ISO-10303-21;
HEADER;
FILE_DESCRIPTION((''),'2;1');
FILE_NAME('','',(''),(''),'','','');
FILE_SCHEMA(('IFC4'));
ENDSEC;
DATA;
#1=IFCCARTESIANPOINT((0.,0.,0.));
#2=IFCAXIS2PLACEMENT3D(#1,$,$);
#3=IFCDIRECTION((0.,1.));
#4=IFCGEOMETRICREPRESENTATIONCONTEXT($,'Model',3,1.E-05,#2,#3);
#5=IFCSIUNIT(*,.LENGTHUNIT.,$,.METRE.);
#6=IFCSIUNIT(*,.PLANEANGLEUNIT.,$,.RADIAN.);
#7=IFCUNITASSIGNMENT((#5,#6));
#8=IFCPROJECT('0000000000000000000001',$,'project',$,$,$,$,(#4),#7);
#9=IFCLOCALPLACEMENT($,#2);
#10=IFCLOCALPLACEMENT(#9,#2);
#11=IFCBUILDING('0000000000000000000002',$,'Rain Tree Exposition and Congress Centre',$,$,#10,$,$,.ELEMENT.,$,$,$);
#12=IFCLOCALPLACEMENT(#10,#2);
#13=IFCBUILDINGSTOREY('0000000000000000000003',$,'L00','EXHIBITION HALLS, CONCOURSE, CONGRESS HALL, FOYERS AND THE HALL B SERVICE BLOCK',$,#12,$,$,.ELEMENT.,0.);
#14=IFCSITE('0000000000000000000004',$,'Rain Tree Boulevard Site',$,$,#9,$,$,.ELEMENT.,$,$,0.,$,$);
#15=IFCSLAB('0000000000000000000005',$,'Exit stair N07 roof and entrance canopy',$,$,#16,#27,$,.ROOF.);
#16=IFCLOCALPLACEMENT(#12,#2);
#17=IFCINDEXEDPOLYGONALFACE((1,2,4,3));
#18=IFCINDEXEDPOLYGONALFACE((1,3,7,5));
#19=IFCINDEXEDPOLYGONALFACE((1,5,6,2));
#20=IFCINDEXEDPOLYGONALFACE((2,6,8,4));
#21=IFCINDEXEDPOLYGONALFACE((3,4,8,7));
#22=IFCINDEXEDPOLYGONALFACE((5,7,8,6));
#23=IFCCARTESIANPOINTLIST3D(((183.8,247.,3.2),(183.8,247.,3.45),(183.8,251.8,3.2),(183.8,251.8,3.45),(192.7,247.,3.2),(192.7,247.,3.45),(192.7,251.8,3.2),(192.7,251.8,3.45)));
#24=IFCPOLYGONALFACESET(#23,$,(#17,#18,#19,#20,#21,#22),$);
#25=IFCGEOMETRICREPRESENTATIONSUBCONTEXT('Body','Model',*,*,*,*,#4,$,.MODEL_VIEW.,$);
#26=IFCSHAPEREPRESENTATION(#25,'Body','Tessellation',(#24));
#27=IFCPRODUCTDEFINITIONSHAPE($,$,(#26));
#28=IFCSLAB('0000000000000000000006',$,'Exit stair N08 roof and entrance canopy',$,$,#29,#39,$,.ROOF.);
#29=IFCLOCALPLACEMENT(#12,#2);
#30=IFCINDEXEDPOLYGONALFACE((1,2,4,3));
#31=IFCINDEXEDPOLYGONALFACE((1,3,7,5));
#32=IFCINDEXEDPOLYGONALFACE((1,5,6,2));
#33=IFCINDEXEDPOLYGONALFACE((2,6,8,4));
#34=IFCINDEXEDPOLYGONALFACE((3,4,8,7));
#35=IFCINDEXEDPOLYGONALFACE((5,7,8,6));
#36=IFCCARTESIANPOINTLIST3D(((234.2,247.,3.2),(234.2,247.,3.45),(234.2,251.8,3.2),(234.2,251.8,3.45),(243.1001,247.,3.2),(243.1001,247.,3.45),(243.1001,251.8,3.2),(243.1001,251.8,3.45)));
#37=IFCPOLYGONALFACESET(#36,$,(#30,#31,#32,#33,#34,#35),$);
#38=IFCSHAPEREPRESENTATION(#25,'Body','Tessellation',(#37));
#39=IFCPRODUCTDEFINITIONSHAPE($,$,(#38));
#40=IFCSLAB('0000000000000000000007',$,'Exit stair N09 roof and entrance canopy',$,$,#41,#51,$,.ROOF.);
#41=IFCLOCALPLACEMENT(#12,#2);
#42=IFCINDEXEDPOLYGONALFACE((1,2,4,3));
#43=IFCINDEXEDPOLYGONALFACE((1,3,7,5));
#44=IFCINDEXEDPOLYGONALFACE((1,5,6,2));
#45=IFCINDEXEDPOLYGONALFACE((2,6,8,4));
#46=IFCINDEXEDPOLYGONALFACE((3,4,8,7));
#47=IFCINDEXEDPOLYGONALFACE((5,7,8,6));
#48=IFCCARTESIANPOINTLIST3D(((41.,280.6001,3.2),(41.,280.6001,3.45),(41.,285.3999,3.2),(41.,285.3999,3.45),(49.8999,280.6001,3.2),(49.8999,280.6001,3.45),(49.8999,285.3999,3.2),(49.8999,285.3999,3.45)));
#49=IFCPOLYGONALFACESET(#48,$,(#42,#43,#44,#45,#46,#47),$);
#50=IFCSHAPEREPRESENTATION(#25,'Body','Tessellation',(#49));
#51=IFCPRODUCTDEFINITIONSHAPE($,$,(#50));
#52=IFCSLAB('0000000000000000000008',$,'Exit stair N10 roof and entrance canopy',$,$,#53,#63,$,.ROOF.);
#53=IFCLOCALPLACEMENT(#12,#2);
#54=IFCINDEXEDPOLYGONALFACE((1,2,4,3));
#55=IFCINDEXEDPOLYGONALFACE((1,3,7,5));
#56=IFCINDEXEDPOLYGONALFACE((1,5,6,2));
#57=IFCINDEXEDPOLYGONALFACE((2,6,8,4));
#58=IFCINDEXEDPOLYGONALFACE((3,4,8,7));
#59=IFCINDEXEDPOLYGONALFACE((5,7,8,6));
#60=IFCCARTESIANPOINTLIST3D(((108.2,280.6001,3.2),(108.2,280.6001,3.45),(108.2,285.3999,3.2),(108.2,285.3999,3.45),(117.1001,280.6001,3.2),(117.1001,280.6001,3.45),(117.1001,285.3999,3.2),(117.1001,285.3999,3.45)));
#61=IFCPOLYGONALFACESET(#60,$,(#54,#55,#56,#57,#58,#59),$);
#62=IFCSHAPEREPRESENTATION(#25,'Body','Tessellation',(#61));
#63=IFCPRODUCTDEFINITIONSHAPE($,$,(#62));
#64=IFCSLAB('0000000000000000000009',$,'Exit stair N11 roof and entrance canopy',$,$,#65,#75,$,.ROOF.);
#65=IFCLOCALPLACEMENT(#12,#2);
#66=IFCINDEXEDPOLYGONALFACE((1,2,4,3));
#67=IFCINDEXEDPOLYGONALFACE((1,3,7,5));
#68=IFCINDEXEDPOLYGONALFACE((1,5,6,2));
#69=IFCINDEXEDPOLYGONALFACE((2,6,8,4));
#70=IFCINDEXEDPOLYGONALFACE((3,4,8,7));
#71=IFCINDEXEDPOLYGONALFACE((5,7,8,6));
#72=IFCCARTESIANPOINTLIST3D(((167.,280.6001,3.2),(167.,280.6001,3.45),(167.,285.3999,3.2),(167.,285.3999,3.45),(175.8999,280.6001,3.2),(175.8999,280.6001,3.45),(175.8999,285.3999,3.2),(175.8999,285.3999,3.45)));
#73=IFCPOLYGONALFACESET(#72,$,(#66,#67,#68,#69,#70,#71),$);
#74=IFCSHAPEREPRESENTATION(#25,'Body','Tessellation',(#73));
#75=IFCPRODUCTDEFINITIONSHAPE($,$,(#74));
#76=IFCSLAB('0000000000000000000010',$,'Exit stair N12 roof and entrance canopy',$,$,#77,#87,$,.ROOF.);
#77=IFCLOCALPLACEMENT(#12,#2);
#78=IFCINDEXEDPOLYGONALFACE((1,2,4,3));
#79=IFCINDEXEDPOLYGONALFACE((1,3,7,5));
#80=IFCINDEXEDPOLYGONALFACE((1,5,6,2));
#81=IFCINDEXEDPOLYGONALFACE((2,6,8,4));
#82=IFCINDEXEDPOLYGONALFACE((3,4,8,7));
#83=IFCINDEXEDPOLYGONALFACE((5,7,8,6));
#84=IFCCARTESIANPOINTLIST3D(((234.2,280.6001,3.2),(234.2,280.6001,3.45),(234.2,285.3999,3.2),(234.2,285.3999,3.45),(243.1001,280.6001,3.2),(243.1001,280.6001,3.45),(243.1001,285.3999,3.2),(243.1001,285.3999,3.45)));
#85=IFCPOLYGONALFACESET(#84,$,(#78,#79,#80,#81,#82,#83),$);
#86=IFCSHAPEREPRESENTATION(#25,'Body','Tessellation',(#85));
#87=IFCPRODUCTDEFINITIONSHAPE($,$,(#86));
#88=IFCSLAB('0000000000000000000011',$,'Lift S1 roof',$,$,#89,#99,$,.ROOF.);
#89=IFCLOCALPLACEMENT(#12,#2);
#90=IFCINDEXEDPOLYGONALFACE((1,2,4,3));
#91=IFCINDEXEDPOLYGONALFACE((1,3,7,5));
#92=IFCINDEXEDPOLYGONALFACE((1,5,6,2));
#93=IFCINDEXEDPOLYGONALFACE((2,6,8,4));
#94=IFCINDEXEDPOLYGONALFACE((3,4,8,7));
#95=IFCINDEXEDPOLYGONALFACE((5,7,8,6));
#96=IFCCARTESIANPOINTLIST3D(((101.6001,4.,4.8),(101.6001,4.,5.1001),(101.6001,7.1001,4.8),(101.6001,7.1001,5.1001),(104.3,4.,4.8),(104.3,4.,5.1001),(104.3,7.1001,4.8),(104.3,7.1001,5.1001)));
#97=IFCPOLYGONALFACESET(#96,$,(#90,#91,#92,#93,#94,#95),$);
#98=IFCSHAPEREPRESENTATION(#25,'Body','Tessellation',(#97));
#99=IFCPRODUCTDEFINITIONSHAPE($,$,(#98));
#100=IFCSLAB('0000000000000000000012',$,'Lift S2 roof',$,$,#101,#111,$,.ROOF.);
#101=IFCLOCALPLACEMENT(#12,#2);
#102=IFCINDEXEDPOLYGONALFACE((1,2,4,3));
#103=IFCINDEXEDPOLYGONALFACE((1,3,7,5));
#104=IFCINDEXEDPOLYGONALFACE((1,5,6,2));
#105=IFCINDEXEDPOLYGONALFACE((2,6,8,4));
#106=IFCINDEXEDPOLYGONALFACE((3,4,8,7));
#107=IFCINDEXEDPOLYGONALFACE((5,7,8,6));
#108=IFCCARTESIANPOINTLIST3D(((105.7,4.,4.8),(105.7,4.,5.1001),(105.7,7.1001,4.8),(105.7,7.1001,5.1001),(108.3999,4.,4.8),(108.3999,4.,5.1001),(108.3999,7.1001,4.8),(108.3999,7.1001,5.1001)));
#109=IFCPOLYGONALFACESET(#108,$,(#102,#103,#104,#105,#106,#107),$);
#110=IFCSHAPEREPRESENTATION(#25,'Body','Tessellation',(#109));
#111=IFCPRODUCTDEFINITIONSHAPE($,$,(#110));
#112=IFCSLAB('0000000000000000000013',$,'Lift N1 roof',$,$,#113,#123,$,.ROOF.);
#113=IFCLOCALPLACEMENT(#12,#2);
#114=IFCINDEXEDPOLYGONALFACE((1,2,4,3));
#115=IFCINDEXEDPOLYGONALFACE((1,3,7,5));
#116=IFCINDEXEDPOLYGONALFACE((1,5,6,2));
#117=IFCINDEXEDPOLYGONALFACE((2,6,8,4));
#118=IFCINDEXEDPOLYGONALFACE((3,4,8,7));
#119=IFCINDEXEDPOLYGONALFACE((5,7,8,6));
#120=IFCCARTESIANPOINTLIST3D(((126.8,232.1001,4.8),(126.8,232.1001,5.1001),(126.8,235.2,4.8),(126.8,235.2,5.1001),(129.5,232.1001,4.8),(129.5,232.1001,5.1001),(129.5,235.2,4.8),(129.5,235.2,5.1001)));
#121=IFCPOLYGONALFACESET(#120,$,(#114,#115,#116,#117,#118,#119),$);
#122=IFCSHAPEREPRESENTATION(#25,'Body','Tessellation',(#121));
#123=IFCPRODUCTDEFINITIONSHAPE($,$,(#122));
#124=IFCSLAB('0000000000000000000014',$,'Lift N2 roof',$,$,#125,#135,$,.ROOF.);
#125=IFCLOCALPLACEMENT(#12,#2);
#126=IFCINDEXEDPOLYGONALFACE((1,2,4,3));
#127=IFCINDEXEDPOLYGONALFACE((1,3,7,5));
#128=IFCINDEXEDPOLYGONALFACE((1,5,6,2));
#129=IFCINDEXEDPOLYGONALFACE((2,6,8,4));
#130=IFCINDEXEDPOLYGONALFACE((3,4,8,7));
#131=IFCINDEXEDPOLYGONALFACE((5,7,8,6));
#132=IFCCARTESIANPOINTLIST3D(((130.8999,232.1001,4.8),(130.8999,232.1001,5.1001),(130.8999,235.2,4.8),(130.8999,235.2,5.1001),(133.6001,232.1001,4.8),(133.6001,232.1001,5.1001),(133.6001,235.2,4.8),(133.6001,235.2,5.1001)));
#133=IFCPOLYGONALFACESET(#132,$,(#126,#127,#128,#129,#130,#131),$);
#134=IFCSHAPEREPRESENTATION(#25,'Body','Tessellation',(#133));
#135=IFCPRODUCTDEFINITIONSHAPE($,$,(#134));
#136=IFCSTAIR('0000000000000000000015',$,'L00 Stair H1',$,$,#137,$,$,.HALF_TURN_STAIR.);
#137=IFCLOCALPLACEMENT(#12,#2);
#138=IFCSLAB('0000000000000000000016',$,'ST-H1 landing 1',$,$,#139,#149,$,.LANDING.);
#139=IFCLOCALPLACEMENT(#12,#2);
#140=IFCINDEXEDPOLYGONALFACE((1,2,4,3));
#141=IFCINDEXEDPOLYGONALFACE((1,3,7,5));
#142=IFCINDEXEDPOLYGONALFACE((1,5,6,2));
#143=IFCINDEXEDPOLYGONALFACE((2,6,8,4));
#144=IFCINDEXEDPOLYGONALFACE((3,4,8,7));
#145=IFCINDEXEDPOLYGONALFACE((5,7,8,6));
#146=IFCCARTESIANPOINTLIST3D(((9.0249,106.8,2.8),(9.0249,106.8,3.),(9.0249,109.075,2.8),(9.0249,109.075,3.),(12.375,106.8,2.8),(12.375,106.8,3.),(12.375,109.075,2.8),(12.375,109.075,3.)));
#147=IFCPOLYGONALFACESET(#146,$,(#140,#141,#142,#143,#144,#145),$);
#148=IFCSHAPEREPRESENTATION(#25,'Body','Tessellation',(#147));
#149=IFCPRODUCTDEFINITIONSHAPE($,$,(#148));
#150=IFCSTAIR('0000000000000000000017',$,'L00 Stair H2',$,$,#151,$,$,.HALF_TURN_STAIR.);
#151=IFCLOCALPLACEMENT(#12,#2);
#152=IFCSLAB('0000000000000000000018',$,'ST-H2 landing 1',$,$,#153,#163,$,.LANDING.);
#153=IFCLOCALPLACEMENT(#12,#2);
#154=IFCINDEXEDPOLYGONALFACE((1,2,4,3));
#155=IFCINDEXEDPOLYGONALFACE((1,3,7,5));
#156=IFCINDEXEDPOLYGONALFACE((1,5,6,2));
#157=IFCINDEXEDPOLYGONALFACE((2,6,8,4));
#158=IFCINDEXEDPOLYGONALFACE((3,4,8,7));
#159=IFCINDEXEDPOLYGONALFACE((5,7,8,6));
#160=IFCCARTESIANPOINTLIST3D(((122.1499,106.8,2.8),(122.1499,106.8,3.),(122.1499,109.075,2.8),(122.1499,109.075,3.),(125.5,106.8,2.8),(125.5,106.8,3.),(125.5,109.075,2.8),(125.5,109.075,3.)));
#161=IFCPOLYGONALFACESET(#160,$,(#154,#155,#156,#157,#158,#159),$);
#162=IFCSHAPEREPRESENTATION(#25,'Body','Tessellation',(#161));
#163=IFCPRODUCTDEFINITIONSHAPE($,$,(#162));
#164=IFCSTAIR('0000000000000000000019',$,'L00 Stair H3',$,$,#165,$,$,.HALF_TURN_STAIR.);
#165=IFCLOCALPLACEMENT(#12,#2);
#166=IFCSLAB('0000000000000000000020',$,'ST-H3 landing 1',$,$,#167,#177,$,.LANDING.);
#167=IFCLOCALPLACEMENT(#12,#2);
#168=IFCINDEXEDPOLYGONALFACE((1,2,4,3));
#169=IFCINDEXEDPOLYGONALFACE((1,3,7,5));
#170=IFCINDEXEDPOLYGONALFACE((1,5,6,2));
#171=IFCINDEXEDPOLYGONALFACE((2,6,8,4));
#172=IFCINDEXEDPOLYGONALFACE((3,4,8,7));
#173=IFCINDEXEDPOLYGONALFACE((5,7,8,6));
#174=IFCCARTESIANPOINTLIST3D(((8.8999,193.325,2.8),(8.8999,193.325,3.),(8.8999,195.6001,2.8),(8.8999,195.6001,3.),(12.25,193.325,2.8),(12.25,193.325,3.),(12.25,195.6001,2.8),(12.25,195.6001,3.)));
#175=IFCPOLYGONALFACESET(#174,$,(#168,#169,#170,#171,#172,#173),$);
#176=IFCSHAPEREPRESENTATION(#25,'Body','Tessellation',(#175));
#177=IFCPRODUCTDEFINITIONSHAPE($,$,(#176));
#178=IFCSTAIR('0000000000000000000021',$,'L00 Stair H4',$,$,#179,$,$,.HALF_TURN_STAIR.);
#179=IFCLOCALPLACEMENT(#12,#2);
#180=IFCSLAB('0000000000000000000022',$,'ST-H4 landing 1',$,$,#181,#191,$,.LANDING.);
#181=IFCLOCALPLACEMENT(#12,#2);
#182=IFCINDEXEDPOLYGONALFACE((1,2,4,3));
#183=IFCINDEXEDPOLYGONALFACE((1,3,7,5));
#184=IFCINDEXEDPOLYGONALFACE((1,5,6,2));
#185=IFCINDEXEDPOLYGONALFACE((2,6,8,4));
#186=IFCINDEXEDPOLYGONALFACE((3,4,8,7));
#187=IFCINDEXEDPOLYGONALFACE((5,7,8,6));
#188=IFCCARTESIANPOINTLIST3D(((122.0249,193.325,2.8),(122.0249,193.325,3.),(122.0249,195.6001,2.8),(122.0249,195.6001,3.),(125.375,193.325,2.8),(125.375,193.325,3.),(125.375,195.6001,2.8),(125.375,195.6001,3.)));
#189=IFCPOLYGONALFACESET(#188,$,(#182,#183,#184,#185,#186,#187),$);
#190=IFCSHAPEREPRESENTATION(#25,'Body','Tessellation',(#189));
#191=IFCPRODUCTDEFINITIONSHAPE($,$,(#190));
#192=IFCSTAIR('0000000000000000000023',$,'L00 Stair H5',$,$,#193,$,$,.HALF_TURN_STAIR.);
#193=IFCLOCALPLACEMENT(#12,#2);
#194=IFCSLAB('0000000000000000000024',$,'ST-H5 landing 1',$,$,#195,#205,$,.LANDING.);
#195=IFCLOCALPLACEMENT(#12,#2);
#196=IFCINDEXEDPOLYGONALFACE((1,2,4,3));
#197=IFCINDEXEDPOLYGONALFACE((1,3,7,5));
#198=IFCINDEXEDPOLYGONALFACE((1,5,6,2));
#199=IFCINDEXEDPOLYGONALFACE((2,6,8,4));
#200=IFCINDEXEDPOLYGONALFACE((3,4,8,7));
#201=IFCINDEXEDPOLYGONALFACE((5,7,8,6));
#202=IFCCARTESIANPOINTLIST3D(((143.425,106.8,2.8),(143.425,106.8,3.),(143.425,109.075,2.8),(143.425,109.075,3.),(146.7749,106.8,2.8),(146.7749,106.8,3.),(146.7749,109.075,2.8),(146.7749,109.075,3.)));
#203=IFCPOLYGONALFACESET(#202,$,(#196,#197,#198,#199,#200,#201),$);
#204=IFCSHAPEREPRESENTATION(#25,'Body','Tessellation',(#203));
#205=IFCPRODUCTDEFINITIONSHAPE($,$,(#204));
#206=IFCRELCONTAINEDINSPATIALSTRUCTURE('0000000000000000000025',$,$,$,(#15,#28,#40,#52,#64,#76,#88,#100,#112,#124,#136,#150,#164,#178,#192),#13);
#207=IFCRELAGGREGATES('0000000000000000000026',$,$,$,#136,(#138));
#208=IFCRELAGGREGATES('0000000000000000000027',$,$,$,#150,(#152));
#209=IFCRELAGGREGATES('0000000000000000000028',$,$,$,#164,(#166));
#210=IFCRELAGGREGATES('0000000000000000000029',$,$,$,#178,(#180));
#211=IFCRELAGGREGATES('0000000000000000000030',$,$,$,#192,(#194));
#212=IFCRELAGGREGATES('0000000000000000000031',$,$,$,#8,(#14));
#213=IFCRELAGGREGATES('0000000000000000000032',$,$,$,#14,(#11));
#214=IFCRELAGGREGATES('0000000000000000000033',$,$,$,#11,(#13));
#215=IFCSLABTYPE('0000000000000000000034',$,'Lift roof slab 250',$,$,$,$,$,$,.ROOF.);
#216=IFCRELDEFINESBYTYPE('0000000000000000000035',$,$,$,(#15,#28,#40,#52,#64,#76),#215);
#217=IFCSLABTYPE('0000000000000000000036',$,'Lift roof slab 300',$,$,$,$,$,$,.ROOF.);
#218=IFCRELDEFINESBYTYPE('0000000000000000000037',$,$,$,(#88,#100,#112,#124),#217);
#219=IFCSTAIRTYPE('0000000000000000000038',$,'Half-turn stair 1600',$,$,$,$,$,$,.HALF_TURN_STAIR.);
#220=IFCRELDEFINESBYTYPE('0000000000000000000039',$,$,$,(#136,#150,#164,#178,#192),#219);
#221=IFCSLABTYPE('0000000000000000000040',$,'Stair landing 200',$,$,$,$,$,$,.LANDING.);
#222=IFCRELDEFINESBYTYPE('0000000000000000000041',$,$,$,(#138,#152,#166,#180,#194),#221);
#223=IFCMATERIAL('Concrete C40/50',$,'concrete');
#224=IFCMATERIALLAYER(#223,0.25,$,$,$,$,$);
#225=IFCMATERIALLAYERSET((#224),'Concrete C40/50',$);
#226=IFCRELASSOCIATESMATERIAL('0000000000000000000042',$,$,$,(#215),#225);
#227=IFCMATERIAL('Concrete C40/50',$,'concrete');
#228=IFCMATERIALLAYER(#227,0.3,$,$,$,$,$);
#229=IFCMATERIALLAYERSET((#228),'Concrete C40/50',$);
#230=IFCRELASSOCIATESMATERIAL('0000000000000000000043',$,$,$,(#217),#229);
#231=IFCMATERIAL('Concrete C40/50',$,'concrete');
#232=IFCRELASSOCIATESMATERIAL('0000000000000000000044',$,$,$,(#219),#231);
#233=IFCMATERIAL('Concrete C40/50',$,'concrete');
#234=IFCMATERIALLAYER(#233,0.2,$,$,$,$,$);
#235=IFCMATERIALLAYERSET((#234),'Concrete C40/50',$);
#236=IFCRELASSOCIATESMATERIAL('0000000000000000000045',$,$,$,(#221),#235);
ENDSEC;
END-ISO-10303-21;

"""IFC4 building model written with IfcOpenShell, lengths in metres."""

from ifc_helpers import new_model, si_unit, direction, frame, origin, place, context, subcontext, project, spatial, polyline, outline, extrude, material, layer, layer_set, type_object, element, aggregate, save


model = new_model("IFC4")

# Units and contexts
model_context = context("Model", 3, precision=1e-05, world=origin(), true_north=direction((0.0, 1.0)))
body_context = subcontext(model_context, "Body", "Model", "MODEL_VIEW")
ifc_project = project(units=[si_unit("LENGTHUNIT", "METRE"), si_unit("PLANEANGLEUNIT", "RADIAN")], contexts=[model_context])

# Site, building, storey
site_placement = place(None, origin())
site = spatial("IfcSite", under=ifc_project, at=site_placement, Name="Rain Tree Boulevard Site", CompositionType="ELEMENT", RefElevation=0.0)
building_placement = place(site_placement, origin())
building = spatial("IfcBuilding", under=site, at=building_placement, Name="Rain Tree Exposition and Congress Centre", CompositionType="ELEMENT")
storey_placement = place(building_placement, origin())
storey = spatial("IfcBuildingStorey", under=building, at=storey_placement, Name="L00", Description="EXHIBITION HALLS, CONCOURSE, CONGRESS HALL, FOYERS AND THE HALL B SERVICE BLOCK", CompositionType="ELEMENT", Elevation=0.0)

# Slabs
ifc_material_1 = material(Name="Concrete C40/50", Category="concrete")
ifc_layer_1 = layer(ifc_material_1, 0.25)
ifc_layer_set_1 = layer_set([ifc_layer_1], Name="Concrete C40/50")
slab_type_1 = type_object("IfcSlabType", Name="Lift roof slab 250", PredefinedType="ROOF", material=ifc_layer_set_1)
slab_1_placement = place(storey_placement, frame((0.0, 0.0, 3.2)))
element("IfcSlab", 1, at=slab_1_placement, inside=storey, type_object=slab_type_1, Name="Exit stair N07 roof and entrance canopy", PredefinedType="ROOF", context=body_context, shape_type="SweptSolid", body=[
    extrude(outline(polyline([(183.8, 247.0), (192.7, 247.0), (192.7, 251.8), (183.8, 251.8), (183.8, 247.0)])), origin(), (0.0, 0.0, 1.0), 0.25),
])
slab_2_placement = place(storey_placement, frame((0.0, 0.0, 3.2)))
element("IfcSlab", 2, at=slab_2_placement, inside=storey, type_object=slab_type_1, Name="Exit stair N08 roof and entrance canopy", PredefinedType="ROOF", context=body_context, shape_type="SweptSolid", body=[
    extrude(outline(polyline([(234.2, 247.0), (243.1001, 247.0), (243.1001, 251.8), (234.2, 251.8), (234.2, 247.0)])), origin(), (0.0, 0.0, 1.0), 0.25),
])
slab_3_placement = place(storey_placement, frame((0.0, 0.0, 3.2)))
element("IfcSlab", 3, at=slab_3_placement, inside=storey, type_object=slab_type_1, Name="Exit stair N09 roof and entrance canopy", PredefinedType="ROOF", context=body_context, shape_type="SweptSolid", body=[
    extrude(outline(polyline([(41.0, 280.6001), (49.8999, 280.6001), (49.8999, 285.3999), (41.0, 285.3999), (41.0, 280.6001)])), origin(), (0.0, 0.0, 1.0), 0.25),
])
slab_4_placement = place(storey_placement, frame((0.0, 0.0, 3.2)))
element("IfcSlab", 4, at=slab_4_placement, inside=storey, type_object=slab_type_1, Name="Exit stair N10 roof and entrance canopy", PredefinedType="ROOF", context=body_context, shape_type="SweptSolid", body=[
    extrude(outline(polyline([(108.2, 280.6001), (117.1001, 280.6001), (117.1001, 285.3999), (108.2, 285.3999), (108.2, 280.6001)])), origin(), (0.0, 0.0, 1.0), 0.25),
])
slab_5_placement = place(storey_placement, frame((0.0, 0.0, 3.2)))
element("IfcSlab", 5, at=slab_5_placement, inside=storey, type_object=slab_type_1, Name="Exit stair N11 roof and entrance canopy", PredefinedType="ROOF", context=body_context, shape_type="SweptSolid", body=[
    extrude(outline(polyline([(167.0, 280.6001), (175.8999, 280.6001), (175.8999, 285.3999), (167.0, 285.3999), (167.0, 280.6001)])), origin(), (0.0, 0.0, 1.0), 0.25),
])
slab_6_placement = place(storey_placement, frame((0.0, 0.0, 3.2)))
element("IfcSlab", 6, at=slab_6_placement, inside=storey, type_object=slab_type_1, Name="Exit stair N12 roof and entrance canopy", PredefinedType="ROOF", context=body_context, shape_type="SweptSolid", body=[
    extrude(outline(polyline([(234.2, 280.6001), (243.1001, 280.6001), (243.1001, 285.3999), (234.2, 285.3999), (234.2, 280.6001)])), origin(), (0.0, 0.0, 1.0), 0.25),
])
ifc_material_2 = material(Name="Concrete C40/50", Category="concrete")
ifc_layer_2 = layer(ifc_material_2, 0.3)
ifc_layer_set_2 = layer_set([ifc_layer_2], Name="Concrete C40/50")
slab_type_2 = type_object("IfcSlabType", Name="Lift roof slab 300", PredefinedType="ROOF", material=ifc_layer_set_2)
slab_7_placement = place(storey_placement, frame((0.0, 0.0, 4.8)))
element("IfcSlab", 7, at=slab_7_placement, inside=storey, type_object=slab_type_2, Name="Lift S1 roof", PredefinedType="ROOF", context=body_context, shape_type="SweptSolid", body=[
    extrude(outline(polyline([(101.6001, 4.0), (104.3, 4.0), (104.3, 7.1001), (101.6001, 7.1001), (101.6001, 4.0)])), origin(), (0.0, 0.0, 1.0), 0.3),
])
slab_8_placement = place(storey_placement, frame((0.0, 0.0, 4.8)))
element("IfcSlab", 8, at=slab_8_placement, inside=storey, type_object=slab_type_2, Name="Lift S2 roof", PredefinedType="ROOF", context=body_context, shape_type="SweptSolid", body=[
    extrude(outline(polyline([(105.7, 4.0), (108.3999, 4.0), (108.3999, 7.1001), (105.7, 7.1001), (105.7, 4.0)])), origin(), (0.0, 0.0, 1.0), 0.3),
])
slab_9_placement = place(storey_placement, frame((0.0, 0.0, 4.8)))
element("IfcSlab", 9, at=slab_9_placement, inside=storey, type_object=slab_type_2, Name="Lift N1 roof", PredefinedType="ROOF", context=body_context, shape_type="SweptSolid", body=[
    extrude(outline(polyline([(126.8, 232.1001), (129.5, 232.1001), (129.5, 235.2), (126.8, 235.2), (126.8, 232.1001)])), origin(), (0.0, 0.0, 1.0), 0.3),
])
slab_10_placement = place(storey_placement, frame((0.0, 0.0, 4.8)))
element("IfcSlab", 10, at=slab_10_placement, inside=storey, type_object=slab_type_2, Name="Lift N2 roof", PredefinedType="ROOF", context=body_context, shape_type="SweptSolid", body=[
    extrude(outline(polyline([(130.8999, 232.1001), (133.6001, 232.1001), (133.6001, 235.2), (130.8999, 235.2), (130.8999, 232.1001)])), origin(), (0.0, 0.0, 1.0), 0.3),
])

# Stairs, slabs
ifc_material_3 = material(Name="Concrete C40/50", Category="concrete")
stair_type_1 = type_object("IfcStairType", Name="Half-turn stair 1600", PredefinedType="HALF_TURN_STAIR", material=ifc_material_3)
stair_1_placement = place(storey_placement, origin())
stair_1 = element("IfcStair", 11, at=stair_1_placement, inside=storey, type_object=stair_type_1, Name="L00 Stair H1", PredefinedType="HALF_TURN_STAIR")
ifc_material_4 = material(Name="Concrete C40/50", Category="concrete")
ifc_layer_3 = layer(ifc_material_4, 0.2)
ifc_layer_set_3 = layer_set([ifc_layer_3], Name="Concrete C40/50")
slab_type_3 = type_object("IfcSlabType", Name="Stair landing 200", PredefinedType="LANDING", material=ifc_layer_set_3)
slab_11_placement = place(storey_placement, frame((0.0, 0.0, 2.8)))
slab_11 = element("IfcSlab", 12, at=slab_11_placement, type_object=slab_type_3, Name="ST-H1 landing 1", PredefinedType="LANDING", context=body_context, shape_type="SweptSolid", body=[
    extrude(outline(polyline([(12.375, 106.8), (12.375, 109.075), (9.0249, 109.075), (9.0249, 106.8), (12.375, 106.8)])), origin(), (0.0, 0.0, 1.0), 0.2),
])
aggregate(stair_1, [slab_11])
stair_2_placement = place(storey_placement, origin())
stair_2 = element("IfcStair", 13, at=stair_2_placement, inside=storey, type_object=stair_type_1, Name="L00 Stair H2", PredefinedType="HALF_TURN_STAIR")
slab_12_placement = place(storey_placement, frame((0.0, 0.0, 2.8)))
slab_12 = element("IfcSlab", 14, at=slab_12_placement, type_object=slab_type_3, Name="ST-H2 landing 1", PredefinedType="LANDING", context=body_context, shape_type="SweptSolid", body=[
    extrude(outline(polyline([(125.5, 106.8), (125.5, 109.075), (122.1499, 109.075), (122.1499, 106.8), (125.5, 106.8)])), origin(), (0.0, 0.0, 1.0), 0.2),
])
aggregate(stair_2, [slab_12])
stair_3_placement = place(storey_placement, origin())
stair_3 = element("IfcStair", 15, at=stair_3_placement, inside=storey, type_object=stair_type_1, Name="L00 Stair H3", PredefinedType="HALF_TURN_STAIR")
slab_13_placement = place(storey_placement, frame((0.0, 0.0, 2.8)))
slab_13 = element("IfcSlab", 16, at=slab_13_placement, type_object=slab_type_3, Name="ST-H3 landing 1", PredefinedType="LANDING", context=body_context, shape_type="SweptSolid", body=[
    extrude(outline(polyline([(8.8999, 195.6001), (8.8999, 193.325), (12.25, 193.325), (12.25, 195.6001), (8.8999, 195.6001)])), origin(), (0.0, 0.0, 1.0), 0.2),
])
aggregate(stair_3, [slab_13])
stair_4_placement = place(storey_placement, origin())
stair_4 = element("IfcStair", 17, at=stair_4_placement, inside=storey, type_object=stair_type_1, Name="L00 Stair H4", PredefinedType="HALF_TURN_STAIR")
slab_14_placement = place(storey_placement, frame((0.0, 0.0, 2.8)))
slab_14 = element("IfcSlab", 18, at=slab_14_placement, type_object=slab_type_3, Name="ST-H4 landing 1", PredefinedType="LANDING", context=body_context, shape_type="SweptSolid", body=[
    extrude(outline(polyline([(122.0249, 195.6001), (122.0249, 193.325), (125.375, 193.325), (125.375, 195.6001), (122.0249, 195.6001)])), origin(), (0.0, 0.0, 1.0), 0.2),
])
aggregate(stair_4, [slab_14])
stair_5_placement = place(storey_placement, origin())
stair_5 = element("IfcStair", 19, at=stair_5_placement, inside=storey, type_object=stair_type_1, Name="L00 Stair H5", PredefinedType="HALF_TURN_STAIR")
slab_15_placement = place(storey_placement, frame((0.0, 0.0, 2.8)))
slab_15 = element("IfcSlab", 20, at=slab_15_placement, type_object=slab_type_3, Name="ST-H5 landing 1", PredefinedType="LANDING", context=body_context, shape_type="SweptSolid", body=[
    extrude(outline(polyline([(146.7749, 106.8), (146.7749, 109.075), (143.425, 109.075), (143.425, 106.8), (146.7749, 106.8)])), origin(), (0.0, 0.0, 1.0), 0.2),
])
aggregate(stair_5, [slab_15])

save(model, "model.ifc")
